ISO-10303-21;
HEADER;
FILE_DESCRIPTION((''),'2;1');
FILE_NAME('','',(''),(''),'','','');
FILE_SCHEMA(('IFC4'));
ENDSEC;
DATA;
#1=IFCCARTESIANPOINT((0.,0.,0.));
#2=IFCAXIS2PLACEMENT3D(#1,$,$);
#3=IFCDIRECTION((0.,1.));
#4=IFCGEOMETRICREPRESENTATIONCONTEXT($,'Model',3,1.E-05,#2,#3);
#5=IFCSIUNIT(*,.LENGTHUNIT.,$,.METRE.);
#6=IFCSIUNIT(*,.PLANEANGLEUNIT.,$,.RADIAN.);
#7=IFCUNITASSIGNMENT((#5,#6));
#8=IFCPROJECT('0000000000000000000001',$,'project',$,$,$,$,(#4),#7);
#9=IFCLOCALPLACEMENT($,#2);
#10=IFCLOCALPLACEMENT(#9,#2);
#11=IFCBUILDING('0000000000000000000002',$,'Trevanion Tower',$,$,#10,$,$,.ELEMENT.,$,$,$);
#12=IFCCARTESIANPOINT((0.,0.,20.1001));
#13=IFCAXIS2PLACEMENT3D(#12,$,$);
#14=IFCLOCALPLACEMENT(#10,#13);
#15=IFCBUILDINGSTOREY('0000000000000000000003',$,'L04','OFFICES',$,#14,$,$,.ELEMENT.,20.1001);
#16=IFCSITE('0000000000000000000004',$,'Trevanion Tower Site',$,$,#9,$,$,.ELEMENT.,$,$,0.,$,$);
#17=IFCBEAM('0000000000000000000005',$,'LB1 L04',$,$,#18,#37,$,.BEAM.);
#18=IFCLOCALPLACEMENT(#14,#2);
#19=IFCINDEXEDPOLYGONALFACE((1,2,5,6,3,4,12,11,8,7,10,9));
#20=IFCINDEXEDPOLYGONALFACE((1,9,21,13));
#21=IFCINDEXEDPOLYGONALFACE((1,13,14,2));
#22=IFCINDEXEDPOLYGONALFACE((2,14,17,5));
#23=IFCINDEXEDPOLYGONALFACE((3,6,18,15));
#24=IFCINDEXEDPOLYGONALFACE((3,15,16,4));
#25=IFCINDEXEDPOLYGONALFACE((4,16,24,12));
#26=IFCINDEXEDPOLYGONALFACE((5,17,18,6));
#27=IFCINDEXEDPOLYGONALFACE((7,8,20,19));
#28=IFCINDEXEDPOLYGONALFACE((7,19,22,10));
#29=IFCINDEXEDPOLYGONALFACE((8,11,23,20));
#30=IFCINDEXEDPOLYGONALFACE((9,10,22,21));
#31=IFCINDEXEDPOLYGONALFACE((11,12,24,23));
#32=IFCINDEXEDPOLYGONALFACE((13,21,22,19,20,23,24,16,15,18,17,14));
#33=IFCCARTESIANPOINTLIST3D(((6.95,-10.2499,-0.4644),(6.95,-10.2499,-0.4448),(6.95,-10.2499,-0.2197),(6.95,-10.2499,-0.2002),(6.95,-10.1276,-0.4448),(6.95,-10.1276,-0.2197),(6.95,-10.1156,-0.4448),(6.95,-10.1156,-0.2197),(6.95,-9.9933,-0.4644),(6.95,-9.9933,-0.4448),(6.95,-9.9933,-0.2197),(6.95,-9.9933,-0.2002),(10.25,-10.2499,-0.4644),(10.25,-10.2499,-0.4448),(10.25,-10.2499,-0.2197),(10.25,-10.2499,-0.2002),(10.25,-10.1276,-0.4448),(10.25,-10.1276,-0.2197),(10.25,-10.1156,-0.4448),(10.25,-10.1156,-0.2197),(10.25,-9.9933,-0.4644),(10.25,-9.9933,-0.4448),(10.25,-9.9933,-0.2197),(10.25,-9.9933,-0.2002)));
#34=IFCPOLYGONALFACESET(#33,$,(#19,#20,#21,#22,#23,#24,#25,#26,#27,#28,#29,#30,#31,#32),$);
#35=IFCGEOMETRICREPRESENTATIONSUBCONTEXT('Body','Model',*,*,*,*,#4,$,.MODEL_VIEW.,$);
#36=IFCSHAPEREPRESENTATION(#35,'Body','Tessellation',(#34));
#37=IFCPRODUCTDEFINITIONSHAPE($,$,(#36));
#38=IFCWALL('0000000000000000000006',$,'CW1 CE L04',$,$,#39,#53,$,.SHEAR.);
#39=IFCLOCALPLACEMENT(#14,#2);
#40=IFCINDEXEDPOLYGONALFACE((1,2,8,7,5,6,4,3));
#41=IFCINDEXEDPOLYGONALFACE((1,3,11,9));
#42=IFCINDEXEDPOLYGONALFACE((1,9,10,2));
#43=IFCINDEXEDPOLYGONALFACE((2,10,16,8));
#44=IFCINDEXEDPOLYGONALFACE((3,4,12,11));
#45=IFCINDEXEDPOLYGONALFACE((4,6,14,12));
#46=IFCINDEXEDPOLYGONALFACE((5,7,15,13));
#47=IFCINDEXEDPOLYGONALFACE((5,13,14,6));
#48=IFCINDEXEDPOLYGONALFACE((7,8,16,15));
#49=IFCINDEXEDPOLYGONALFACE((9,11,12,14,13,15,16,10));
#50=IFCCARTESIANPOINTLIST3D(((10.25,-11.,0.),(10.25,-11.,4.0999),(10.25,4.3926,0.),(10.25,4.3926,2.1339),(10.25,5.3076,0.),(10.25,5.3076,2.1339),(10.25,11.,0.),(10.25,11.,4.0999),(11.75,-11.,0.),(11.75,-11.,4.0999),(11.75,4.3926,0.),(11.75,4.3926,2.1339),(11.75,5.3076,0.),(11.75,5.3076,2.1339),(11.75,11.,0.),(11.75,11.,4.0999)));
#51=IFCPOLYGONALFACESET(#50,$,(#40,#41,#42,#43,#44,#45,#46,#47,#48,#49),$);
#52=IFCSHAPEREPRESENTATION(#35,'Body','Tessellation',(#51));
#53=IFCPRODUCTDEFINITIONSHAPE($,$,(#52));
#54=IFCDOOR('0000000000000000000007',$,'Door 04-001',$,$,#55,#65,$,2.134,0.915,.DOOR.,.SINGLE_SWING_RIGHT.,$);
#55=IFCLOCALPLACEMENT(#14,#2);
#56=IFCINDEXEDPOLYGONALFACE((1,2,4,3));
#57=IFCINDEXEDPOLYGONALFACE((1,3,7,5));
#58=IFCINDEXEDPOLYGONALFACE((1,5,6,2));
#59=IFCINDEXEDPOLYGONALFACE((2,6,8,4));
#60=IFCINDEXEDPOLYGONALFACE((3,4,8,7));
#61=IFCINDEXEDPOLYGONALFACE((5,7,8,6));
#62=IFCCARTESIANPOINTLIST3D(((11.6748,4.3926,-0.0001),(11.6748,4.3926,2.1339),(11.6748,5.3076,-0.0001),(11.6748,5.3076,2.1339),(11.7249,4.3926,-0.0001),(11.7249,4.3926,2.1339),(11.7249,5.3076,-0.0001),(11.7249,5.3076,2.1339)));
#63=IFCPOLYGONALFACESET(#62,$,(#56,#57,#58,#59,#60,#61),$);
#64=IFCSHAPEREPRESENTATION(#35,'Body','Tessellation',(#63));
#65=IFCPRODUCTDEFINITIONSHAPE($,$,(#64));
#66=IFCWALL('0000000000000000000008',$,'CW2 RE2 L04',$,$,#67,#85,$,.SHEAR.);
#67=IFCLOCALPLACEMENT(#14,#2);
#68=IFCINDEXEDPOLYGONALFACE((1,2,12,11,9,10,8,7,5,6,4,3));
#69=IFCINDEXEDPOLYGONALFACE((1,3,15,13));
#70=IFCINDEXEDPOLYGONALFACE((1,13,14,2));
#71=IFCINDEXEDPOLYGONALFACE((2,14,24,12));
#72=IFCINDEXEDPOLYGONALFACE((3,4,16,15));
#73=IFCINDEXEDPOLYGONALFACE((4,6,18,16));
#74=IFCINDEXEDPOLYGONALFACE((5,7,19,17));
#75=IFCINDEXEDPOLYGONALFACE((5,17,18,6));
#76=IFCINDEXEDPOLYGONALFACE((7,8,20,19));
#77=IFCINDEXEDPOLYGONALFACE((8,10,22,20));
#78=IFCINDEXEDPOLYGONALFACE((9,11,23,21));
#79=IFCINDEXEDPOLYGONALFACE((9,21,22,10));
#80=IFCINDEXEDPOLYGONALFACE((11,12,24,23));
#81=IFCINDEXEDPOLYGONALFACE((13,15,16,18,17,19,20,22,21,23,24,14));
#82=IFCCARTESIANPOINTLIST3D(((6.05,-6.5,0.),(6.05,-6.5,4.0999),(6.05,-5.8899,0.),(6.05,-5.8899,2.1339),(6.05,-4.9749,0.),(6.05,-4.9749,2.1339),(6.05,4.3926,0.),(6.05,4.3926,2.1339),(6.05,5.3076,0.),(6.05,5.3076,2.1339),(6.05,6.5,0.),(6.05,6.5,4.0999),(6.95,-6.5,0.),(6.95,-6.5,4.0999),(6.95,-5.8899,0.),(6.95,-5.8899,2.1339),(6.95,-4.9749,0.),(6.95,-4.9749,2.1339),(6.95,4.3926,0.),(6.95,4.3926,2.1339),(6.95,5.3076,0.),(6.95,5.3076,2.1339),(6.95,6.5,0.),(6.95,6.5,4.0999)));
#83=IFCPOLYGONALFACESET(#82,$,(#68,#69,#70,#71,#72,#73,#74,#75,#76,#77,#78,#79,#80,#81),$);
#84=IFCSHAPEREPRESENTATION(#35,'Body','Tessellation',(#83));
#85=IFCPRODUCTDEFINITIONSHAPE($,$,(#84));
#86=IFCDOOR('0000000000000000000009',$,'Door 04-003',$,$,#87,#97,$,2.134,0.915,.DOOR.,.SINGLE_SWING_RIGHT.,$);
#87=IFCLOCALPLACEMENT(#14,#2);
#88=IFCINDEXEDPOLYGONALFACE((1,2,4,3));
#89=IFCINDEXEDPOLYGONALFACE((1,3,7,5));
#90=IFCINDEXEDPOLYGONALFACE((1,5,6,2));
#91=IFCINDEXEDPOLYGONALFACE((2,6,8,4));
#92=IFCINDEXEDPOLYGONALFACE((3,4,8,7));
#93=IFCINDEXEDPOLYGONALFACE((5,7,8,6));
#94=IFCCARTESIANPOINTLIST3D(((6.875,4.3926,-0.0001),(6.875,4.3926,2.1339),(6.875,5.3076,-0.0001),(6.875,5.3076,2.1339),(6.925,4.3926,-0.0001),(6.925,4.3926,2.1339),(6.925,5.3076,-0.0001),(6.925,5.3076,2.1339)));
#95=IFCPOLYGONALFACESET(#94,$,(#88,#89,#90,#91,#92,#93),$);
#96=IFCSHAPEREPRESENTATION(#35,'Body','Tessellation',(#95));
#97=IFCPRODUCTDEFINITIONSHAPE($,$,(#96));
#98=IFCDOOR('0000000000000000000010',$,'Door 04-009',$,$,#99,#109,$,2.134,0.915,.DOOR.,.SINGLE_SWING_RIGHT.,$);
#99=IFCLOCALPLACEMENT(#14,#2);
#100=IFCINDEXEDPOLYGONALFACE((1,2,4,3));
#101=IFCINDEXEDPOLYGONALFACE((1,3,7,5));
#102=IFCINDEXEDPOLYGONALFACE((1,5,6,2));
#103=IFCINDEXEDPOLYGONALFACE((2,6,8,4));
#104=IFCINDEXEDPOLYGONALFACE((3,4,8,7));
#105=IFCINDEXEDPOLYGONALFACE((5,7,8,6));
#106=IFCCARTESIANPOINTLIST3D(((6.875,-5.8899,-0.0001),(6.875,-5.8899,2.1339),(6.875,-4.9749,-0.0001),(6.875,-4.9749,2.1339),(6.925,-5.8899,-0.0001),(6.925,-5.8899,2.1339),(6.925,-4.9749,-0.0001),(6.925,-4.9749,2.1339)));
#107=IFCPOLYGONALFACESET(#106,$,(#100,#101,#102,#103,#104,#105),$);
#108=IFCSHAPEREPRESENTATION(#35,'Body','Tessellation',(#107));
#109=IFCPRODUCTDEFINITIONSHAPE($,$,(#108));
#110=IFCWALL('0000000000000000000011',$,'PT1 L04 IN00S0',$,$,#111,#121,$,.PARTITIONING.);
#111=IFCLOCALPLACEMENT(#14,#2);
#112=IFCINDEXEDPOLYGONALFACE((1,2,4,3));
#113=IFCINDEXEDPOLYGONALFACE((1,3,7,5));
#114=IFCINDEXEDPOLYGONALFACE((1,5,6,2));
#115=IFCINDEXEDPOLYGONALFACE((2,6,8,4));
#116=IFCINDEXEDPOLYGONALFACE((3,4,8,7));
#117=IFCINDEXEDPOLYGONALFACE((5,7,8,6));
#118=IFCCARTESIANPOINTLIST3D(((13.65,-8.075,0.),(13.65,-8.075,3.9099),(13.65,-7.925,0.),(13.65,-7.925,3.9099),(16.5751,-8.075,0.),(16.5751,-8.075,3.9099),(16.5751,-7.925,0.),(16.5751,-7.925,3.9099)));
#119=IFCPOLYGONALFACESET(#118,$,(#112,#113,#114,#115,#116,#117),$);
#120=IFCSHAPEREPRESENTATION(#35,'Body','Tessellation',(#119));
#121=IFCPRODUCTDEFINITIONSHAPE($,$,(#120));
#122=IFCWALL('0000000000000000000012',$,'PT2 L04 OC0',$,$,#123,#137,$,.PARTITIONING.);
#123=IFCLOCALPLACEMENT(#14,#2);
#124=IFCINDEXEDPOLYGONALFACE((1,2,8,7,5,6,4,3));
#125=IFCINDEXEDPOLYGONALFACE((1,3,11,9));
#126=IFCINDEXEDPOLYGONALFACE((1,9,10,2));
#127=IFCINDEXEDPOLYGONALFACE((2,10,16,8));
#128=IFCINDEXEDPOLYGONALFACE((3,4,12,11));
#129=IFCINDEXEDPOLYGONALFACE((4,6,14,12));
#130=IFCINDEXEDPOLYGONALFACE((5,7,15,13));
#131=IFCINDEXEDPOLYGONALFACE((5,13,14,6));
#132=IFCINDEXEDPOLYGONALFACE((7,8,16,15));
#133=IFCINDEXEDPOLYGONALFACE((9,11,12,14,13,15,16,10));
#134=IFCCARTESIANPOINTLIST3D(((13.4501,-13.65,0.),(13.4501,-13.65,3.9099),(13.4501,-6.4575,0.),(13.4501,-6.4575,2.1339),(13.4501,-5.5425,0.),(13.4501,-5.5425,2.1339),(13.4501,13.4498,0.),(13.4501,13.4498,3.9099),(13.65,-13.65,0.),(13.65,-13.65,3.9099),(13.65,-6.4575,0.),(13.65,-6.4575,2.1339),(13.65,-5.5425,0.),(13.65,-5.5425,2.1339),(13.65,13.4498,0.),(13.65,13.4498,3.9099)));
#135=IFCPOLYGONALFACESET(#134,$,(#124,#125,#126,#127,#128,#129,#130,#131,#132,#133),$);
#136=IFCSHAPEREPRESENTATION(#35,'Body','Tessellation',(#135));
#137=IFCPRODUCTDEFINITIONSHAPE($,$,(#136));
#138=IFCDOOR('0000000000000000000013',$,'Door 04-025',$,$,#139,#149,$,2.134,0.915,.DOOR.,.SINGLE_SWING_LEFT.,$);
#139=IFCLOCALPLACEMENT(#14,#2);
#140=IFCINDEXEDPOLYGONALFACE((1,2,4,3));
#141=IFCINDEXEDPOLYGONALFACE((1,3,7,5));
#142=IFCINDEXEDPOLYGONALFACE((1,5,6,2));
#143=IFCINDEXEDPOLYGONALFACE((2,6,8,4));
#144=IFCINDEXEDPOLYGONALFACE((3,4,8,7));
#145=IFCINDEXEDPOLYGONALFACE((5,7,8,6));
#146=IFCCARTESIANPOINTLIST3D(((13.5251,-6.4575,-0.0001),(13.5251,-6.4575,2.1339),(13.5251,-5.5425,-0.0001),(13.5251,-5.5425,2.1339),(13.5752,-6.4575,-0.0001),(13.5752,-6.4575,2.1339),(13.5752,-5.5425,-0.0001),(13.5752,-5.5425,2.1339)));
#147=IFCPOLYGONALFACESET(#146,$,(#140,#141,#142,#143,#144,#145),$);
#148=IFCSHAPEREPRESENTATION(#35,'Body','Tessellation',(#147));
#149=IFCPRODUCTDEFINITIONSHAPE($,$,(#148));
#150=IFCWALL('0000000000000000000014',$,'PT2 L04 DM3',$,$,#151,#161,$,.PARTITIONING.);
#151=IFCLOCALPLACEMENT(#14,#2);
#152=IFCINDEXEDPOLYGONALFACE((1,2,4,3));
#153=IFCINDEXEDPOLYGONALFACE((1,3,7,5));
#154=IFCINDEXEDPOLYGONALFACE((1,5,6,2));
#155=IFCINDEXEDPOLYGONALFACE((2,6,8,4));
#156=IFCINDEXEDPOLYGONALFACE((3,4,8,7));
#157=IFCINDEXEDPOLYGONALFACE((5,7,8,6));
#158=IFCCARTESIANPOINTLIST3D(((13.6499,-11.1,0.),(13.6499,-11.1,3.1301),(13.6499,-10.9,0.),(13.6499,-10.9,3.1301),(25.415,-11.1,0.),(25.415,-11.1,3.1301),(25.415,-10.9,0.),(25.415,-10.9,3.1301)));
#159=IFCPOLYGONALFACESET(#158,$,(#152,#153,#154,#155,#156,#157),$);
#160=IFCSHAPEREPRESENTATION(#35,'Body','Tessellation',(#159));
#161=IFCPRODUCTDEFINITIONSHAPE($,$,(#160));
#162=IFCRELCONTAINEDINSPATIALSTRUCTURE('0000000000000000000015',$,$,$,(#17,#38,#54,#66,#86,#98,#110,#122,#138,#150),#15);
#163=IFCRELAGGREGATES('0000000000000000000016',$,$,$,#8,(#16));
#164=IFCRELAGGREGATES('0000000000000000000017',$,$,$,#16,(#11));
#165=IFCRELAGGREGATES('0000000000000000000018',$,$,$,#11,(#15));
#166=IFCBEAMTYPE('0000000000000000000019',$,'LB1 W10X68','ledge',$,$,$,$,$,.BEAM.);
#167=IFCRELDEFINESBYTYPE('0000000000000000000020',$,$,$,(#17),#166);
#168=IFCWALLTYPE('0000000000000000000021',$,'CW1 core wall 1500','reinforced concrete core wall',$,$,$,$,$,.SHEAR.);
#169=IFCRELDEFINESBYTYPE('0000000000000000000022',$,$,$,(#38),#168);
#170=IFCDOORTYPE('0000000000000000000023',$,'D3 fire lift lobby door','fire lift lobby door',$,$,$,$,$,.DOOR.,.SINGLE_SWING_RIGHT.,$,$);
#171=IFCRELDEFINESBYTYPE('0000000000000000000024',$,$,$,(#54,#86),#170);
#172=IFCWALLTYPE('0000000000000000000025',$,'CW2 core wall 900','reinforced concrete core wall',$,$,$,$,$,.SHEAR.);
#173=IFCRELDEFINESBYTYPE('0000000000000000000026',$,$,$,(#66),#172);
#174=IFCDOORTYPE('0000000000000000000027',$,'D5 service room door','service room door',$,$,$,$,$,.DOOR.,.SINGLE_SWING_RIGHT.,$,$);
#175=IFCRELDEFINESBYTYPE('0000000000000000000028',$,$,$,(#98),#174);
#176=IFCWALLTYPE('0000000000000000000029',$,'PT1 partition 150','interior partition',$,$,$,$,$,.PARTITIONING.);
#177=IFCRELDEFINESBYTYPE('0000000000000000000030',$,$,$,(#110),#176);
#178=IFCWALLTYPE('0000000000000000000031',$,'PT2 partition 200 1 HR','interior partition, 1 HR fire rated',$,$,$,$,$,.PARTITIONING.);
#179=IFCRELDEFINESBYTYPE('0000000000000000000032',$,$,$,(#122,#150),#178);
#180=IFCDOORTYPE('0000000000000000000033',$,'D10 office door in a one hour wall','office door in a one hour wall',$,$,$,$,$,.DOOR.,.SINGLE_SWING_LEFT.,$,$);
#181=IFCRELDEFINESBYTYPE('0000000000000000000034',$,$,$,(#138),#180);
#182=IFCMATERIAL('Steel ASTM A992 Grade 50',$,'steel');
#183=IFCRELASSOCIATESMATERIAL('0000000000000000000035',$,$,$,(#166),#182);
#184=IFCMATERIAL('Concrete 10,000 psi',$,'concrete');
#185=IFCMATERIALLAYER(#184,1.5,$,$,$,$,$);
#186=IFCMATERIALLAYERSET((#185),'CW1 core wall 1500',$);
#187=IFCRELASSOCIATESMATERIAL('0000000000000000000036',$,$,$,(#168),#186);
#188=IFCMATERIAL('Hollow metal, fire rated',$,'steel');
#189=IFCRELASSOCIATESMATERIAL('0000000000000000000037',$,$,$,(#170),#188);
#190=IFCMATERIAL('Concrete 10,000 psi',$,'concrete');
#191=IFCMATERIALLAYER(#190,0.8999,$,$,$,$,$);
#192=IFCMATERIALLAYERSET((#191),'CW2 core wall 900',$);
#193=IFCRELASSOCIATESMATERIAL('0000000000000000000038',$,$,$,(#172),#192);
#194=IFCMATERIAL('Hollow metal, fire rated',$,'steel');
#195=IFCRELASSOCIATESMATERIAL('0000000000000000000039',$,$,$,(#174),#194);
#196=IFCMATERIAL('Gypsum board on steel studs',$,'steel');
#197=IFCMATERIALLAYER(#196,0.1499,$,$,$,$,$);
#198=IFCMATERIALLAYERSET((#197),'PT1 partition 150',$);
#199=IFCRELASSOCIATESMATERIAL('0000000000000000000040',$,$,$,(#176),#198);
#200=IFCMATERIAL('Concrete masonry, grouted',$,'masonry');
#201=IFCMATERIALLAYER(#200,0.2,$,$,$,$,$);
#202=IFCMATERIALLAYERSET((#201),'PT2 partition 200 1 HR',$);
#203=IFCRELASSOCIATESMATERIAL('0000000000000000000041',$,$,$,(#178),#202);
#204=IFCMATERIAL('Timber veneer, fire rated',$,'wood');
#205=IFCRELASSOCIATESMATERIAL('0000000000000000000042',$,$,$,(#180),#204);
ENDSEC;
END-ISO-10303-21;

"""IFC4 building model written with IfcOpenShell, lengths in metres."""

from ifc_helpers import new_model, si_unit, direction, frame, frame_2d, origin, origin_2d, place, context, subcontext, project, spatial, rectangle, i_section, extrude, material, layer, layer_set, material_profile, profile_set, type_object, element, fill, save


model = new_model("IFC4")

# Units and contexts
model_context = context("Model", 3, precision=1e-05, world=origin(), true_north=direction((0.0, 1.0)))
body_context = subcontext(model_context, "Body", "Model", "MODEL_VIEW")
ifc_project = project(units=[si_unit("LENGTHUNIT", "METRE"), si_unit("PLANEANGLEUNIT", "RADIAN")], contexts=[model_context])

# Site, building, storey
site_placement = place(None, origin())
site = spatial("IfcSite", under=ifc_project, at=site_placement, Name="Trevanion Tower Site", CompositionType="ELEMENT", RefElevation=0.0)
building_placement = place(site_placement, origin())
building = spatial("IfcBuilding", under=site, at=building_placement, Name="Trevanion Tower", CompositionType="ELEMENT")
storey_placement = place(building_placement, frame((0.0, 0.0, 20.1001)))
storey = spatial("IfcBuildingStorey", under=building, at=storey_placement, Name="L04", Description="OFFICES", CompositionType="ELEMENT", Elevation=20.1001)

# Beam
ifc_material_1 = material(Name="Steel ASTM A992 Grade 50", Category="steel")
ifc_material_profile_1 = material_profile(ifc_material_1, i_section(OverallWidth=0.2566, OverallDepth=0.2642, WebThickness=0.012, FlangeThickness=0.0195, at=origin_2d()), Name="W10X68")
ifc_profile_set_1 = profile_set([ifc_material_profile_1], Name="Steel ASTM A992 Grade 50")
beam_type_1 = type_object("IfcBeamType", Name="LB1 W10X68", Description="ledge", PredefinedType="BEAM", material=ifc_profile_set_1)
beam_1_placement = place(storey_placement, frame((6.95, -10.1216, -0.3323), z_axis=(1.0, 0.0, 0.0), x_axis=(0.0, 1.0, 0.0)))
element("IfcBeam", 1, at=beam_1_placement, inside=storey, type_object=beam_type_1, Name="LB1 L04", PredefinedType="BEAM", context=body_context, shape_type="SweptSolid", body=[
    extrude(i_section(OverallWidth=0.2566, OverallDepth=0.2642, WebThickness=0.012, FlangeThickness=0.0195, at=origin_2d()), origin(), (0.0, 0.0, 1.0), 3.3),
])

# Wall, opening, door
ifc_material_2 = material(Name="Concrete 10,000 psi", Category="concrete")
ifc_layer_1 = layer(ifc_material_2, 1.5)
ifc_layer_set_1 = layer_set([ifc_layer_1], Name="CW1 core wall 1500")
wall_type_1 = type_object("IfcWallType", Name="CW1 core wall 1500", Description="reinforced concrete core wall", PredefinedType="SHEAR", material=ifc_layer_set_1)
wall_1_placement = place(storey_placement, frame((11.0, -11.0, 0.0), z_axis=(0.0, 0.0, 1.0), x_axis=(0.0, 1.0, 0.0)))
wall_1 = element("IfcWall", 2, at=wall_1_placement, inside=storey, type_object=wall_type_1, Name="CW1 CE L04", PredefinedType="SHEAR", context=body_context, shape_type="SweptSolid", body=[
    extrude(rectangle(XDim=22.0, YDim=1.5, at=frame_2d((11.0, 0.0))), origin(), (0.0, 0.0, 1.0), 4.0999),
])
opening_1_placement = place(wall_1_placement, frame((15.3926, 0.0, 0.0)))
opening_1 = element("IfcOpeningElement", 3, at=opening_1_placement, cuts=wall_1, PredefinedType="OPENING", context=body_context, shape_type="SweptSolid", body=[
    extrude(rectangle(XDim=0.915, YDim=2.134, at=frame_2d((0.4575, 1.0669))), frame((0.0, 0.76, 0.0), z_axis=(0.0, -1.0, 0.0), x_axis=(1.0, 0.0, 0.0)), (0.0, 0.0, 1.0), 1.52),
])
ifc_material_3 = material(Name="Hollow metal, fire rated", Category="steel")
door_type_1 = type_object("IfcDoorType", Name="D3 fire lift lobby door", Description="fire lift lobby door", OperationType="SINGLE_SWING_RIGHT", PredefinedType="DOOR", material=ifc_material_3)
door_1_placement = place(opening_1_placement, origin())
door_1 = element("IfcDoor", 4, at=door_1_placement, inside=storey, type_object=door_type_1, Name="Door 04-001", OperationType="SINGLE_SWING_RIGHT", OverallHeight=2.134, OverallWidth=0.915, PredefinedType="DOOR", context=body_context, shape_type="SweptSolid", body=[
    extrude(rectangle(XDim=0.915, YDim=2.134, at=frame_2d((0.4575, 1.0669))), frame((0.0, -0.6748, 0.0), z_axis=(0.0, -1.0, 0.0), x_axis=(1.0, 0.0, 0.0)), (0.0, 0.0, 1.0), 0.05),
])
fill(opening_1, door_1)

# Wall, openings, doors
ifc_material_4 = material(Name="Concrete 10,000 psi", Category="concrete")
ifc_layer_2 = layer(ifc_material_4, 0.8999)
ifc_layer_set_2 = layer_set([ifc_layer_2], Name="CW2 core wall 900")
wall_type_2 = type_object("IfcWallType", Name="CW2 core wall 900", Description="reinforced concrete core wall", PredefinedType="SHEAR", material=ifc_layer_set_2)
wall_2_placement = place(storey_placement, frame((6.5, -6.5, 0.0), z_axis=(0.0, 0.0, 1.0), x_axis=(0.0, 1.0, 0.0)))
wall_2 = element("IfcWall", 5, at=wall_2_placement, inside=storey, type_object=wall_type_2, Name="CW2 RE2 L04", PredefinedType="SHEAR", context=body_context, shape_type="SweptSolid", body=[
    extrude(rectangle(XDim=13.0, YDim=0.8999, at=frame_2d((6.5, 0.0))), origin(), (0.0, 0.0, 1.0), 4.0999),
])
opening_2_placement = place(wall_2_placement, frame((10.8926, 0.0, 0.0)))
opening_2 = element("IfcOpeningElement", 6, at=opening_2_placement, cuts=wall_2, PredefinedType="OPENING", context=body_context, shape_type="SweptSolid", body=[
    extrude(rectangle(XDim=0.915, YDim=2.134, at=frame_2d((0.4575, 1.0669))), frame((0.0, 0.46, 0.0), z_axis=(0.0, -1.0, 0.0), x_axis=(1.0, 0.0, 0.0)), (0.0, 0.0, 1.0), 0.9199),
])
opening_3_placement = place(wall_2_placement, frame((0.6101, 0.0, 0.0)))
opening_3 = element("IfcOpeningElement", 7, at=opening_3_placement, cuts=wall_2, PredefinedType="OPENING", context=body_context, shape_type="SweptSolid", body=[
    extrude(rectangle(XDim=0.915, YDim=2.134, at=frame_2d((0.4575, 1.0669))), frame((0.0, 0.46, 0.0), z_axis=(0.0, -1.0, 0.0), x_axis=(1.0, 0.0, 0.0)), (0.0, 0.0, 1.0), 0.9199),
])
door_2_placement = place(opening_2_placement, origin())
door_2 = element("IfcDoor", 8, at=door_2_placement, inside=storey, type_object=door_type_1, Name="Door 04-003", OperationType="SINGLE_SWING_RIGHT", OverallHeight=2.134, OverallWidth=0.915, PredefinedType="DOOR", context=body_context, shape_type="SweptSolid", body=[
    extrude(rectangle(XDim=0.915, YDim=2.134, at=frame_2d((0.4575, 1.0669))), frame((0.0, -0.375, 0.0), z_axis=(0.0, -1.0, 0.0), x_axis=(1.0, 0.0, 0.0)), (0.0, 0.0, 1.0), 0.05),
])
fill(opening_2, door_2)
ifc_material_5 = material(Name="Hollow metal, fire rated", Category="steel")
door_type_2 = type_object("IfcDoorType", Name="D5 service room door", Description="service room door", OperationType="SINGLE_SWING_RIGHT", PredefinedType="DOOR", material=ifc_material_5)
door_3_placement = place(opening_3_placement, origin())
door_3 = element("IfcDoor", 9, at=door_3_placement, inside=storey, type_object=door_type_2, Name="Door 04-009", OperationType="SINGLE_SWING_RIGHT", OverallHeight=2.134, OverallWidth=0.915, PredefinedType="DOOR", context=body_context, shape_type="SweptSolid", body=[
    extrude(rectangle(XDim=0.915, YDim=2.134, at=frame_2d((0.4575, 1.0669))), frame((0.0, -0.375, 0.0), z_axis=(0.0, -1.0, 0.0), x_axis=(1.0, 0.0, 0.0)), (0.0, 0.0, 1.0), 0.05),
])
fill(opening_3, door_3)

# Wall
ifc_material_6 = material(Name="Gypsum board on steel studs", Category="steel")
ifc_layer_3 = layer(ifc_material_6, 0.1499)
ifc_layer_set_3 = layer_set([ifc_layer_3], Name="PT1 partition 150")
wall_type_3 = type_object("IfcWallType", Name="PT1 partition 150", Description="interior partition", PredefinedType="PARTITIONING", material=ifc_layer_set_3)
wall_3_placement = place(storey_placement, frame((16.575, -8.0, 0.0), z_axis=(0.0, 0.0, 1.0), x_axis=(-1.0, 0.0, 0.0)))
element("IfcWall", 10, at=wall_3_placement, inside=storey, type_object=wall_type_3, Name="PT1 L04 IN00S0", PredefinedType="PARTITIONING", context=body_context, shape_type="SweptSolid", body=[
    extrude(rectangle(XDim=2.925, YDim=0.1499, at=frame_2d((1.4624, 0.0))), origin(), (0.0, 0.0, 1.0), 3.9099),
])

# Wall, opening, door
ifc_material_7 = material(Name="Concrete masonry, grouted", Category="masonry")
ifc_layer_4 = layer(ifc_material_7, 0.2)
ifc_layer_set_4 = layer_set([ifc_layer_4], Name="PT2 partition 200 1 HR")
wall_type_4 = type_object("IfcWallType", Name="PT2 partition 200 1 HR", Description="interior partition, 1 HR fire rated", PredefinedType="PARTITIONING", material=ifc_layer_set_4)
wall_4_placement = place(storey_placement, frame((13.55, -13.6499, 0.0), z_axis=(0.0, 0.0, 1.0), x_axis=(0.0, 1.0, 0.0)))
wall_4 = element("IfcWall", 11, at=wall_4_placement, inside=storey, type_object=wall_type_4, Name="PT2 L04 OC0", PredefinedType="PARTITIONING", context=body_context, shape_type="SweptSolid", body=[
    extrude(rectangle(XDim=27.0999, YDim=0.2, at=frame_2d((13.5498, 0.0))), origin(), (0.0, 0.0, 1.0), 3.9099),
])
opening_4_placement = place(wall_4_placement, frame((7.1924, 0.0, 0.0)))
opening_4 = element("IfcOpeningElement", 12, at=opening_4_placement, cuts=wall_4, PredefinedType="OPENING", context=body_context, shape_type="SweptSolid", body=[
    extrude(rectangle(XDim=0.915, YDim=2.134, at=frame_2d((0.4575, 1.0669))), frame((0.0, 0.1099, 0.0), z_axis=(0.0, -1.0, 0.0), x_axis=(1.0, 0.0, 0.0)), (0.0, 0.0, 1.0), 0.22),
])
ifc_material_8 = material(Name="Timber veneer, fire rated", Category="wood")
door_type_3 = type_object("IfcDoorType", Name="D10 office door in a one hour wall", Description="office door in a one hour wall", OperationType="SINGLE_SWING_LEFT", PredefinedType="DOOR", material=ifc_material_8)
door_4_placement = place(opening_4_placement, origin())
door_4 = element("IfcDoor", 13, at=door_4_placement, inside=storey, type_object=door_type_3, Name="Door 04-025", OperationType="SINGLE_SWING_LEFT", OverallHeight=2.134, OverallWidth=0.915, PredefinedType="DOOR", context=body_context, shape_type="SweptSolid", body=[
    extrude(rectangle(XDim=0.915, YDim=2.134, at=frame_2d((0.4575, 1.0669))), frame((0.0, 0.0249, 0.0), z_axis=(0.0, -1.0, 0.0), x_axis=(1.0, 0.0, 0.0)), (0.0, 0.0, 1.0), 0.05),
])
fill(opening_4, door_4)

# Wall
wall_5_placement = place(storey_placement, frame((13.6499, -11.0, 0.0), z_axis=(0.0, 0.0, 1.0), x_axis=(1.0, 0.0, 0.0)))
element("IfcWall", 14, at=wall_5_placement, inside=storey, type_object=wall_type_4, Name="PT2 L04 DM3", PredefinedType="PARTITIONING", context=body_context, shape_type="SweptSolid", body=[
    extrude(rectangle(XDim=11.7651, YDim=0.2, at=frame_2d((5.8826, 0.0))), origin(), (0.0, 0.0, 1.0), 3.1301),
])

save(model, "model.ifc")
